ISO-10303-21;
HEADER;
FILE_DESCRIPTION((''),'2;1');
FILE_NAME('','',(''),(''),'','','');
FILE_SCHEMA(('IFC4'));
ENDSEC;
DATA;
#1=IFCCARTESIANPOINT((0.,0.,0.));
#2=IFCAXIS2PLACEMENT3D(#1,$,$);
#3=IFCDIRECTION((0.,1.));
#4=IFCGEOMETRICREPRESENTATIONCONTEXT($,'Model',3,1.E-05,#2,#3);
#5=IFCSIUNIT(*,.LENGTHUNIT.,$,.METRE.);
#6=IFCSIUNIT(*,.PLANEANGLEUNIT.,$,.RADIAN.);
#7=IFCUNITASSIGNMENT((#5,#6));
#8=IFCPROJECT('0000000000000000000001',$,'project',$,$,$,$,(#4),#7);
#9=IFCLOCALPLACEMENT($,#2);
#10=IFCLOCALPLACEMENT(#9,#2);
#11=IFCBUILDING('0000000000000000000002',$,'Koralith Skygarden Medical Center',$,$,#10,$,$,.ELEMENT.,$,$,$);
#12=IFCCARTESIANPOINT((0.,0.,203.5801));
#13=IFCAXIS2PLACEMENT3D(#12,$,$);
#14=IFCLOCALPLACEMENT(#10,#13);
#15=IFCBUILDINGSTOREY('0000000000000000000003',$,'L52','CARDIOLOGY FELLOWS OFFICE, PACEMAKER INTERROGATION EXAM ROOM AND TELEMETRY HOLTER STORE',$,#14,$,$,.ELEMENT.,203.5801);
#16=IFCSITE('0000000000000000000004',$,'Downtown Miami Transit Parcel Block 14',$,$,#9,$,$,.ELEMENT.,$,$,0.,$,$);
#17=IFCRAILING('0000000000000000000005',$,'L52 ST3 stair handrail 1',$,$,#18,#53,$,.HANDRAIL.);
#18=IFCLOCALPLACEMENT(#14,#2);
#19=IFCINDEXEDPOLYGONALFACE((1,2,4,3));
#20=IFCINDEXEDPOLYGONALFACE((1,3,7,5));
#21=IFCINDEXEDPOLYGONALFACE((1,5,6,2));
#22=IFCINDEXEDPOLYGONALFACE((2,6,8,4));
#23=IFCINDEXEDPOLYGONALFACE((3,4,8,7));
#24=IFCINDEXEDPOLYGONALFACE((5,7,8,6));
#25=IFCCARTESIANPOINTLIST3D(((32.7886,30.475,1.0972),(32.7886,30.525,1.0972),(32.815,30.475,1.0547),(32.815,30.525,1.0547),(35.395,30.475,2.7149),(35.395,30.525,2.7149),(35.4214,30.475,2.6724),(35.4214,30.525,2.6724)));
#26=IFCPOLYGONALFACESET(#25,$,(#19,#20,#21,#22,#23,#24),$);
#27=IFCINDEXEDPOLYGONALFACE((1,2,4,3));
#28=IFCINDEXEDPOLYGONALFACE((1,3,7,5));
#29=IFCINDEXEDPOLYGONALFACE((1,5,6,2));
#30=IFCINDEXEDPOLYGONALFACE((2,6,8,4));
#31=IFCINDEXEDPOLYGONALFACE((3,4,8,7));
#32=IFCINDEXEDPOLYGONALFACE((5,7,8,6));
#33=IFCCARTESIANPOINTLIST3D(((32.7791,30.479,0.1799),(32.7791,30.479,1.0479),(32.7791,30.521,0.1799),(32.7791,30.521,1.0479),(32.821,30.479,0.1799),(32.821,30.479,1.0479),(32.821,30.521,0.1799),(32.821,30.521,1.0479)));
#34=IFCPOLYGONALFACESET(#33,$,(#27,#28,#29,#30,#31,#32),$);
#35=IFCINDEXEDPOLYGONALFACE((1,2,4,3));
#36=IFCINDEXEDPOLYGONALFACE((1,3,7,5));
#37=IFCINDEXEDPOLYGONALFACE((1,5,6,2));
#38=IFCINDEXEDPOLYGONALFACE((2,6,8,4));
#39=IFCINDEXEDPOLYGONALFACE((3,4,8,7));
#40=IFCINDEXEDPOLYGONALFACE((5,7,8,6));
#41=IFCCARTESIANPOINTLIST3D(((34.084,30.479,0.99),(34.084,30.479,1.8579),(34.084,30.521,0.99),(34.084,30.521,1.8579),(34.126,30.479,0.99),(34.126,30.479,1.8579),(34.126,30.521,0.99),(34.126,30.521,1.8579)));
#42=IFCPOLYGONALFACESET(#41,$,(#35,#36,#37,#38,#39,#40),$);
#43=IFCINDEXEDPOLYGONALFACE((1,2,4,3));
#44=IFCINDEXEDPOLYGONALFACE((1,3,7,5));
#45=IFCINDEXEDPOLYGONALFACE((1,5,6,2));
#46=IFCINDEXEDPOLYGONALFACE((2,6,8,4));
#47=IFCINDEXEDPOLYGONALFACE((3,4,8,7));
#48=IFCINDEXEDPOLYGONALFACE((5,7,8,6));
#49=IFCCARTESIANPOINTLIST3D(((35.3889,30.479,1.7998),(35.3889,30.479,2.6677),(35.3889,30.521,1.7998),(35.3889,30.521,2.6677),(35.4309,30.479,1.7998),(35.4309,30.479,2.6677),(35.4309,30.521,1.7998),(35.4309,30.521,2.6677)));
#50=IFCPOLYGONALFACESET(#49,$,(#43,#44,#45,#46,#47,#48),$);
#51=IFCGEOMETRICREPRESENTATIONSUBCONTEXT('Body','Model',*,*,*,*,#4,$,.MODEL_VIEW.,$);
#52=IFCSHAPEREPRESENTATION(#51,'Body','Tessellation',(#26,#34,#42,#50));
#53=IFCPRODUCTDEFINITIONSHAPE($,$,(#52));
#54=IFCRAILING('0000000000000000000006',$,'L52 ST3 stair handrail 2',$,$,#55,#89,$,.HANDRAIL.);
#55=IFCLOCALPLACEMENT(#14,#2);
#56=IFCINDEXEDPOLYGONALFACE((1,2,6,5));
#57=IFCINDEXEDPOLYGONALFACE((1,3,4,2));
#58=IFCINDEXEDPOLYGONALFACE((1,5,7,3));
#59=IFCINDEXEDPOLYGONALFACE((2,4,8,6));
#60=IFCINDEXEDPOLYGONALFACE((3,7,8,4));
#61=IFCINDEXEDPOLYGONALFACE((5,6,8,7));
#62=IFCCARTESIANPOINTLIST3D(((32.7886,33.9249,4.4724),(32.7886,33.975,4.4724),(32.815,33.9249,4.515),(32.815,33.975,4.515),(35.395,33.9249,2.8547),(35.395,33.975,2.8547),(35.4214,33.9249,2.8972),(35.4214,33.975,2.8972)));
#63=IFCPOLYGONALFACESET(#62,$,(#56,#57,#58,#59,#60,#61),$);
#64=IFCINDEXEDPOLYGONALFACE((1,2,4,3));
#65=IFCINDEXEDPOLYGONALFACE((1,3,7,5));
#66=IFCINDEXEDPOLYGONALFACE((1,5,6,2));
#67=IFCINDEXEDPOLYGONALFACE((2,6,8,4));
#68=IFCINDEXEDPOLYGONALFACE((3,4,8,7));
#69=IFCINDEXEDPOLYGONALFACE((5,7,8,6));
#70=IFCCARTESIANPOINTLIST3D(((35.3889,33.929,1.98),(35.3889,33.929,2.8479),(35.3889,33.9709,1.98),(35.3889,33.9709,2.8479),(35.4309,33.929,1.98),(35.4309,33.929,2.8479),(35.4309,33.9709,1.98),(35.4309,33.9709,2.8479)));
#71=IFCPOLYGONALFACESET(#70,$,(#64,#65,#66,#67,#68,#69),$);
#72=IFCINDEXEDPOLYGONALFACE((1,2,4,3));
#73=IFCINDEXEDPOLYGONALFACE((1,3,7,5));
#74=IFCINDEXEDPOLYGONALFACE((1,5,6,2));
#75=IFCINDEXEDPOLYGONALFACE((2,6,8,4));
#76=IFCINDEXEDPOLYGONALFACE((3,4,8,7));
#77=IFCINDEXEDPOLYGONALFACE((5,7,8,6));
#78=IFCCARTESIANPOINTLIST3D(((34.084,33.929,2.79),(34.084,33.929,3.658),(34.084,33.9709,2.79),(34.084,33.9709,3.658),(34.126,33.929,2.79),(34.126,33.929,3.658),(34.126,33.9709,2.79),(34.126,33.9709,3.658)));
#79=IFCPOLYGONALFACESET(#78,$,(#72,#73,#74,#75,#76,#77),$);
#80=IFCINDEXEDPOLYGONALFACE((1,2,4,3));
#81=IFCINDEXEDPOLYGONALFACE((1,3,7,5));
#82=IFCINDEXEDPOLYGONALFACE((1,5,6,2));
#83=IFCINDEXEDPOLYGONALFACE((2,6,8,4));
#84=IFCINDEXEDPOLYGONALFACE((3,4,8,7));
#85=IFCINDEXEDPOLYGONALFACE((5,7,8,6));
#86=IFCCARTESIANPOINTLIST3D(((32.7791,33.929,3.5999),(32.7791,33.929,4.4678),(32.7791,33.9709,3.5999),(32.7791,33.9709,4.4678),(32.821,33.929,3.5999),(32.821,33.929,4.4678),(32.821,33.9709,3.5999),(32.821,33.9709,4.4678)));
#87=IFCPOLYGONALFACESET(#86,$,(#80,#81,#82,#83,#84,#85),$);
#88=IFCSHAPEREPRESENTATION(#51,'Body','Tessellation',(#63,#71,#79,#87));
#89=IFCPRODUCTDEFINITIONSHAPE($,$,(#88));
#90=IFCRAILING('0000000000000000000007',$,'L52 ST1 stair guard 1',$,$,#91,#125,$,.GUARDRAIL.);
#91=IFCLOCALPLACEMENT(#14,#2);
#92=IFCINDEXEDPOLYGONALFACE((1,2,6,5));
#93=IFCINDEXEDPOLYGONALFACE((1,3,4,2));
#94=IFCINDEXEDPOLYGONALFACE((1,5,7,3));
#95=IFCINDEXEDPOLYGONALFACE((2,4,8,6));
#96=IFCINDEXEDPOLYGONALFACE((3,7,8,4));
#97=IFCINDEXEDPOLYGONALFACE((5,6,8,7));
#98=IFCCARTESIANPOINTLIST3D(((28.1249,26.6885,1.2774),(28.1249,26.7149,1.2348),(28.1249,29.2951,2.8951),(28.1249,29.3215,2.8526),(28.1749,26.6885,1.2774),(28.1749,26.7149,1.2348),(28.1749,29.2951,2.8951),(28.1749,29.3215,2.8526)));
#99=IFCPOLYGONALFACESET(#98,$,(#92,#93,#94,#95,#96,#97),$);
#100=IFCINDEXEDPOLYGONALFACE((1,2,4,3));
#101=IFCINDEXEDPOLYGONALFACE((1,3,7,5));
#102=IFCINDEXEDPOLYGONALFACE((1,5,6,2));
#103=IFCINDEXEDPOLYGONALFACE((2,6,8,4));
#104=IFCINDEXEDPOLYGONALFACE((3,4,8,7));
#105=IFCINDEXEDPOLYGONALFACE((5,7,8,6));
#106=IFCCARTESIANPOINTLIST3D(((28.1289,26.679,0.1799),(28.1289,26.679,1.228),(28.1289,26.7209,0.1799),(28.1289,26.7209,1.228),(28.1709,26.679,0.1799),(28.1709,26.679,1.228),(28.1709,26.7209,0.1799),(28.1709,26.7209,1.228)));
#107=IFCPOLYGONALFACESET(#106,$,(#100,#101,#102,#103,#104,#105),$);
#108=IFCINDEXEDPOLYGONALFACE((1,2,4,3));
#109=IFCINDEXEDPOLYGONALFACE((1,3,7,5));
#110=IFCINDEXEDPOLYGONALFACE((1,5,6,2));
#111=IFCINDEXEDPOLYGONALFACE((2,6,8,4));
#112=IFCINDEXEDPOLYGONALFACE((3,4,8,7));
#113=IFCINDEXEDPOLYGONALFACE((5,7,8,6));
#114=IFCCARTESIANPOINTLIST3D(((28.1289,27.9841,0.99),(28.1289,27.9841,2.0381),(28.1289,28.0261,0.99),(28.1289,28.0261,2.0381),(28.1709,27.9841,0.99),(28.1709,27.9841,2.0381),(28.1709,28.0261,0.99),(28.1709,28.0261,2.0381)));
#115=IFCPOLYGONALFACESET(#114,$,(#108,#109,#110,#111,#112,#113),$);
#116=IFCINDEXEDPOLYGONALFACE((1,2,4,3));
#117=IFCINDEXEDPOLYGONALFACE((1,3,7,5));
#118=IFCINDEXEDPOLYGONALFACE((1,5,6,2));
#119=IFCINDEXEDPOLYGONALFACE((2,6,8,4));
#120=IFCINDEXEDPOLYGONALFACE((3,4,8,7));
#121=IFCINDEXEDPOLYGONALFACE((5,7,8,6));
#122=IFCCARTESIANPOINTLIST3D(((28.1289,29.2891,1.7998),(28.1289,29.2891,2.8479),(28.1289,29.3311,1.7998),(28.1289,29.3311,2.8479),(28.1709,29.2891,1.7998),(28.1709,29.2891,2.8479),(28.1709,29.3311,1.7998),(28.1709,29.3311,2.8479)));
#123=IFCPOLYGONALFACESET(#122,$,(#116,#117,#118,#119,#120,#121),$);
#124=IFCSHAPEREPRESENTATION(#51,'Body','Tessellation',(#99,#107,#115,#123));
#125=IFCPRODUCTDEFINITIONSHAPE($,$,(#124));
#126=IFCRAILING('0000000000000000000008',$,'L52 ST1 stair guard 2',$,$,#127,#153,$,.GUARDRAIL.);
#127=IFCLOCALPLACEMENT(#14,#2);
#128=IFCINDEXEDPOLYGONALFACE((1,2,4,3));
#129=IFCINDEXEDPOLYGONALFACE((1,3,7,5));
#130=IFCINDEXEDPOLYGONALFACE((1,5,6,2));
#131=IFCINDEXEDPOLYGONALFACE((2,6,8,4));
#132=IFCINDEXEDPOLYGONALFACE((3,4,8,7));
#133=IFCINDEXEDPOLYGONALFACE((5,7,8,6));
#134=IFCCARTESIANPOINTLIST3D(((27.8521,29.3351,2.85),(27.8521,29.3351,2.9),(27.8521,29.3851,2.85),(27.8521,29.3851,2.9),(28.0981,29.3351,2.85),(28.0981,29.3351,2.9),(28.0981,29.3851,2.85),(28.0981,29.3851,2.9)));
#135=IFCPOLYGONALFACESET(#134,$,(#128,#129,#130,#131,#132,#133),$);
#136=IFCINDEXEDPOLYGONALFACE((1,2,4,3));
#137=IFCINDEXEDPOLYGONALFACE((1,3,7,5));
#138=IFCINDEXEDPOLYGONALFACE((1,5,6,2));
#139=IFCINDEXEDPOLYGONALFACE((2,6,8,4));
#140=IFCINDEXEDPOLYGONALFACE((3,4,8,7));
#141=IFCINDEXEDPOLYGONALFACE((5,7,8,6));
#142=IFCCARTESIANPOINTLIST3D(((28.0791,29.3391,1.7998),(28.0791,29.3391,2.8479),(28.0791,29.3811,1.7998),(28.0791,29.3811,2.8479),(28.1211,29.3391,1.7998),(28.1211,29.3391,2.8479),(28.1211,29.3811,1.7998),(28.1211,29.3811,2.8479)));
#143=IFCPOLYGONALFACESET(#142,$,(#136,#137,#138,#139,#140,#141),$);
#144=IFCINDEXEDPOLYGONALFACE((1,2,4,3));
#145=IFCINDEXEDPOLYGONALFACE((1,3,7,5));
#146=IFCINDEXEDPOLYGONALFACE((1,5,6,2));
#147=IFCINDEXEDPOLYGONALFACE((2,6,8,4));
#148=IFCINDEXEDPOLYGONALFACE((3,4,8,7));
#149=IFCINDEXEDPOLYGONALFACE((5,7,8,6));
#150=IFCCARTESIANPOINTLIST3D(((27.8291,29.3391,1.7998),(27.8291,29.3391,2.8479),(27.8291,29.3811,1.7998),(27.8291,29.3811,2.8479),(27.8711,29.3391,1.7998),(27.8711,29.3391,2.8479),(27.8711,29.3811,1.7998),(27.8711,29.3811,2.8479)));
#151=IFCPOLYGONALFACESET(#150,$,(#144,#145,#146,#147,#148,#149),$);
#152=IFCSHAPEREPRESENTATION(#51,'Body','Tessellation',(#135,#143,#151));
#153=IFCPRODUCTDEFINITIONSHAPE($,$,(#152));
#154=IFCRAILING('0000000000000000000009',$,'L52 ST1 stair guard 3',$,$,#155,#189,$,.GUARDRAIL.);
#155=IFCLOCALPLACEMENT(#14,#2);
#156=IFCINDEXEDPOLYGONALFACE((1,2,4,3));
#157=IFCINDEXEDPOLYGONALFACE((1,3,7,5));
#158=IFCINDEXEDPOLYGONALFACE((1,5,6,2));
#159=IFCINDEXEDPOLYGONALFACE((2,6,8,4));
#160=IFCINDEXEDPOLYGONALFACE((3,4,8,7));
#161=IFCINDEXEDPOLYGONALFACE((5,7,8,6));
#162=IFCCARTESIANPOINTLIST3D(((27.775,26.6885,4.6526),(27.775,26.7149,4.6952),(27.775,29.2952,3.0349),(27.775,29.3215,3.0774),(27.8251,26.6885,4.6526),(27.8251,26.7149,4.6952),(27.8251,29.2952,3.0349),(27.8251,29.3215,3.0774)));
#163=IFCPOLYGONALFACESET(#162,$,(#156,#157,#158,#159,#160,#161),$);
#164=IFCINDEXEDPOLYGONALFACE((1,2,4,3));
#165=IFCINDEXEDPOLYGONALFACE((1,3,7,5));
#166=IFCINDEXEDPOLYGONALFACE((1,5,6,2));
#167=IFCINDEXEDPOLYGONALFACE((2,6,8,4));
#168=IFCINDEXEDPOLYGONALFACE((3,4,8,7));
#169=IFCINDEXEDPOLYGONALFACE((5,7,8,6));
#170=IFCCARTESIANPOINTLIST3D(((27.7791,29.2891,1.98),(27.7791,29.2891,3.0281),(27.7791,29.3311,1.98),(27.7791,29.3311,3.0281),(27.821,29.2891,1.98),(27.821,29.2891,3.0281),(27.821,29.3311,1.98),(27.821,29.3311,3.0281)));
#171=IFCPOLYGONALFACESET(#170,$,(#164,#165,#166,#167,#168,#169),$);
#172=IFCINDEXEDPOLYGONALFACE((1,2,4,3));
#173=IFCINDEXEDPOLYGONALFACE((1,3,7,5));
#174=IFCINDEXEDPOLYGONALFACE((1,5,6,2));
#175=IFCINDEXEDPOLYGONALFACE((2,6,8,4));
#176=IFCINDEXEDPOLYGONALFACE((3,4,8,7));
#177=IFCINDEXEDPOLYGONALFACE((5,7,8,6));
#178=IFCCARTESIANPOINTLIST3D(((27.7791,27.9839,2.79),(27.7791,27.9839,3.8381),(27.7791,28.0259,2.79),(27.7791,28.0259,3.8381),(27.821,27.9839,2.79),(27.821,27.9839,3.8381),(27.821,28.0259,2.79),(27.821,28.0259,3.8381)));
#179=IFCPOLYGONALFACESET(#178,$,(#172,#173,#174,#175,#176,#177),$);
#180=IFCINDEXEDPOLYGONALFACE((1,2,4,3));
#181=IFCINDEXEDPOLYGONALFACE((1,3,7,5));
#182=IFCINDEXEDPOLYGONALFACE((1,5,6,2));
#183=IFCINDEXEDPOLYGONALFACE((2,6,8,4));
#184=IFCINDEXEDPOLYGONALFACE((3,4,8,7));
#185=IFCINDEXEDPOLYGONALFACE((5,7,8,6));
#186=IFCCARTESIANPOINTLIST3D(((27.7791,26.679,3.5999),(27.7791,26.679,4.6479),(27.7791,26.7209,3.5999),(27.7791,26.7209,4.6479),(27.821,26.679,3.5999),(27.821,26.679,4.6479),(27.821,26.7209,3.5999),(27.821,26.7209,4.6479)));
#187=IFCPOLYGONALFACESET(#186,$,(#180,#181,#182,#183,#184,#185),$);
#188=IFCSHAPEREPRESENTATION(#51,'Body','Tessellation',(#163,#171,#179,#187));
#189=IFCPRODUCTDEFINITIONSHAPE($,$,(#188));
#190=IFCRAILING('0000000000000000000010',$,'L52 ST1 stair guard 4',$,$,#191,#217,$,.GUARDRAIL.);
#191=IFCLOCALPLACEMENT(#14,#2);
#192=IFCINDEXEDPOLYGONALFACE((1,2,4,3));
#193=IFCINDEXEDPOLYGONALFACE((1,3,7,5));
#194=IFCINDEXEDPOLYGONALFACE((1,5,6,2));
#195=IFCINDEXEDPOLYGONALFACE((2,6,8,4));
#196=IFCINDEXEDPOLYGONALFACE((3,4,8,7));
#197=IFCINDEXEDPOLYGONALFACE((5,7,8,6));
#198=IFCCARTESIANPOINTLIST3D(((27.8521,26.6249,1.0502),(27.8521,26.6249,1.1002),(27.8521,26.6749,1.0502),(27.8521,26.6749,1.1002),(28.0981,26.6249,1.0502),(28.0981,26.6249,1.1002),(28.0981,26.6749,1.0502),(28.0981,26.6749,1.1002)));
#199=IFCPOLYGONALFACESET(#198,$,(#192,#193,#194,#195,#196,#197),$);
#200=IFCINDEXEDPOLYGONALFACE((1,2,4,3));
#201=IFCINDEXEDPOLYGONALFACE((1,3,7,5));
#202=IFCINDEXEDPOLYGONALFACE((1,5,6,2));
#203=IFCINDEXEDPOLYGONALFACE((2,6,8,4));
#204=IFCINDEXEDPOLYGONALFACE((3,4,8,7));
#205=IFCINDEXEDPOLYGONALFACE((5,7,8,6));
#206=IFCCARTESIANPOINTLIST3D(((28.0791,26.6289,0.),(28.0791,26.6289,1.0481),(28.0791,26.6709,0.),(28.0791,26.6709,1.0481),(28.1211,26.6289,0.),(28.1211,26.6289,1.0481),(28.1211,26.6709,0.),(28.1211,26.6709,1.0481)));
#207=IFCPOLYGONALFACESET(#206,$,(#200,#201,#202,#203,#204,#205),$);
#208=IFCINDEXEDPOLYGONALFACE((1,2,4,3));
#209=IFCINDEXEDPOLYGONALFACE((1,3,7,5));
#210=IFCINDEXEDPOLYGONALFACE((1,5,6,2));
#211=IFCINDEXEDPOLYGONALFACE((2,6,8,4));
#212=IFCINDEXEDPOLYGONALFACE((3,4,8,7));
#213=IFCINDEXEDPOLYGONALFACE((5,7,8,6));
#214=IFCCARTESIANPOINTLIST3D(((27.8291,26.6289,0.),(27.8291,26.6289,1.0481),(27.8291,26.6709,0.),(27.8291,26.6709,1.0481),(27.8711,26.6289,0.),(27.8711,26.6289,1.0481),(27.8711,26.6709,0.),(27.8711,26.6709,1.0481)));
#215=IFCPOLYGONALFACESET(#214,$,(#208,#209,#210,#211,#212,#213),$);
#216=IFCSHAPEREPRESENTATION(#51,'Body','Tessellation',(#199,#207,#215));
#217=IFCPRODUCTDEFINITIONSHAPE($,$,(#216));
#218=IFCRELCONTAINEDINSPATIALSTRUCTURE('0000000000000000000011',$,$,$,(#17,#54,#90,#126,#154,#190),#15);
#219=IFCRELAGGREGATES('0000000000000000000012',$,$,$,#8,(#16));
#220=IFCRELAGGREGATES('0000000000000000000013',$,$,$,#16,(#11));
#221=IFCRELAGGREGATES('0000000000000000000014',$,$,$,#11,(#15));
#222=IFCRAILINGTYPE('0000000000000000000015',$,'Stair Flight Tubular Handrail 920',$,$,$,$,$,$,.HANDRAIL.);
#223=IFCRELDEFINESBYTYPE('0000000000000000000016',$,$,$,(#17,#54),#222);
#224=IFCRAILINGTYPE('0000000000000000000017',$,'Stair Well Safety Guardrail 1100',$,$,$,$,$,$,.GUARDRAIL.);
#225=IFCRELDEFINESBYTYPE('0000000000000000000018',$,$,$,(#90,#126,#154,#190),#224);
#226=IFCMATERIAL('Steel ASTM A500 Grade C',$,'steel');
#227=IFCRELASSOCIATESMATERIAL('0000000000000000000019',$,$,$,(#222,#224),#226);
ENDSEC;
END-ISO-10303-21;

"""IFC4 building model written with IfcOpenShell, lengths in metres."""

from ifc_helpers import new_model, si_unit, direction, frame, origin, origin_2d, place, context, subcontext, project, spatial, rectangle, extrude, material, type_object, element, save


model = new_model("IFC4")

# Units and contexts
model_context = context("Model", 3, precision=1e-05, world=origin(), true_north=direction((0.0, 1.0)))
body_context = subcontext(model_context, "Body", "Model", "MODEL_VIEW")
ifc_project = project(units=[si_unit("LENGTHUNIT", "METRE"), si_unit("PLANEANGLEUNIT", "RADIAN")], contexts=[model_context])

# Site, building, storey
site_placement = place(None, origin())
site = spatial("IfcSite", under=ifc_project, at=site_placement, Name="Downtown Miami Transit Parcel Block 14", CompositionType="ELEMENT", RefElevation=0.0)
building_placement = place(site_placement, origin())
building = spatial("IfcBuilding", under=site, at=building_placement, Name="Koralith Skygarden Medical Center", CompositionType="ELEMENT")
storey_placement = place(building_placement, frame((0.0, 0.0, 203.5801)))
storey = spatial("IfcBuildingStorey", under=building, at=storey_placement, Name="L52", Description="CARDIOLOGY FELLOWS OFFICE, PACEMAKER INTERROGATION EXAM ROOM AND TELEMETRY HOLTER STORE", CompositionType="ELEMENT", Elevation=203.5801)

# Railings
ifc_material_1 = material(Name="Steel ASTM A500 Grade C", Category="steel")
railing_type_1 = type_object("IfcRailingType", Name="Stair Flight Tubular Handrail 920", PredefinedType="HANDRAIL", material=ifc_material_1)
railing_1_placement = place(storey_placement, frame((32.8, 30.5, 0.1799)))
element("IfcRailing", 1, at=railing_1_placement, inside=storey, type_object=railing_type_1, Name="L52 ST3 stair handrail 1", PredefinedType="HANDRAIL", context=body_context, shape_type="SweptSolid", body=[
    extrude(rectangle(XDim=0.05, YDim=0.05, at=origin_2d()), frame((0.0017, 0.0, 0.896), z_axis=(0.849646, 0.0, 0.527353), x_axis=(0.0, 1.0, 0.0)), (0.0, 0.0, 1.0), 3.0676),
    extrude(rectangle(XDim=0.042, YDim=0.042, at=origin_2d()), origin(), (0.0, 0.0, 1.0), 0.8679),
    extrude(rectangle(XDim=0.042, YDim=0.042, at=origin_2d()), frame((1.3049, 0.0, 0.8101)), (0.0, 0.0, 1.0), 0.8679),
    extrude(rectangle(XDim=0.042, YDim=0.042, at=origin_2d()), frame((2.6099, 0.0, 1.6199)), (0.0, 0.0, 1.0), 0.8679),
])
railing_2_placement = place(storey_placement, frame((35.4099, 33.95, 1.98)))
element("IfcRailing", 2, at=railing_2_placement, inside=storey, type_object=railing_type_1, Name="L52 ST3 stair handrail 2", PredefinedType="HANDRAIL", context=body_context, shape_type="SweptSolid", body=[
    extrude(rectangle(XDim=0.05, YDim=0.05, at=origin_2d()), frame((-0.0017, 0.0, 0.896), z_axis=(-0.849646, 0.0, 0.527353), x_axis=(0.0, -1.0, 0.0)), (0.0, 0.0, 1.0), 3.0676),
    extrude(rectangle(XDim=0.042, YDim=0.042, at=origin_2d()), origin(), (0.0, 0.0, 1.0), 0.8679),
    extrude(rectangle(XDim=0.042, YDim=0.042, at=origin_2d()), frame((-1.3049, 0.0, 0.8101)), (0.0, 0.0, 1.0), 0.8679),
    extrude(rectangle(XDim=0.042, YDim=0.042, at=origin_2d()), frame((-2.6099, 0.0, 1.6199)), (0.0, 0.0, 1.0), 0.8679),
])
railing_type_2 = type_object("IfcRailingType", Name="Stair Well Safety Guardrail 1100", PredefinedType="GUARDRAIL", material=ifc_material_1)
railing_3_placement = place(storey_placement, frame((28.1499, 26.7, 0.1799)))
element("IfcRailing", 3, at=railing_3_placement, inside=storey, type_object=railing_type_2, Name="L52 ST1 stair guard 1", PredefinedType="GUARDRAIL", context=body_context, shape_type="SweptSolid", body=[
    extrude(rectangle(XDim=0.05, YDim=0.05, at=origin_2d()), frame((0.0, 0.0017, 1.0762), z_axis=(0.0, 0.849668, 0.527317), x_axis=(-1.0, 0.0, 0.0)), (0.0, 0.0, 1.0), 3.0679),
    extrude(rectangle(XDim=0.042, YDim=0.042, at=origin_2d()), origin(), (0.0, 0.0, 1.0), 1.0481),
    extrude(rectangle(XDim=0.042, YDim=0.042, at=origin_2d()), frame((0.0, 1.3052, 0.8101)), (0.0, 0.0, 1.0), 1.0481),
    extrude(rectangle(XDim=0.042, YDim=0.042, at=origin_2d()), frame((0.0, 2.6101, 1.6199)), (0.0, 0.0, 1.0), 1.0481),
])
railing_4_placement = place(storey_placement, frame((28.1001, 29.3601, 1.7998)))
element("IfcRailing", 4, at=railing_4_placement, inside=storey, type_object=railing_type_2, Name="L52 ST1 stair guard 2", PredefinedType="GUARDRAIL", context=body_context, shape_type="SweptSolid", body=[
    extrude(rectangle(XDim=0.05, YDim=0.05, at=origin_2d()), frame((-0.002, 0.0, 1.0752), z_axis=(-1.0, 0.0, 0.0), x_axis=(0.0, -1.0, 0.0)), (0.0, 0.0, 1.0), 0.2461),
    extrude(rectangle(XDim=0.042, YDim=0.042, at=origin_2d()), origin(), (0.0, 0.0, 1.0), 1.0481),
    extrude(rectangle(XDim=0.042, YDim=0.042, at=origin_2d()), frame((-0.25, 0.0, 0.0)), (0.0, 0.0, 1.0), 1.0481),
])
railing_5_placement = place(storey_placement, frame((27.8, 29.3101, 1.98)))
element("IfcRailing", 5, at=railing_5_placement, inside=storey, type_object=railing_type_2, Name="L52 ST1 stair guard 3", PredefinedType="GUARDRAIL", context=body_context, shape_type="SweptSolid", body=[
    extrude(rectangle(XDim=0.05, YDim=0.05, at=origin_2d()), frame((0.0, -0.0017, 1.0762), z_axis=(0.0, -0.849668, 0.527317), x_axis=(1.0, 0.0, 0.0)), (0.0, 0.0, 1.0), 3.0679),
    extrude(rectangle(XDim=0.042, YDim=0.042, at=origin_2d()), origin(), (0.0, 0.0, 1.0), 1.0481),
    extrude(rectangle(XDim=0.042, YDim=0.042, at=origin_2d()), frame((0.0, -1.3052, 0.8101)), (0.0, 0.0, 1.0), 1.0481),
    extrude(rectangle(XDim=0.042, YDim=0.042, at=origin_2d()), frame((0.0, -2.6101, 1.6199)), (0.0, 0.0, 1.0), 1.0481),
])
railing_6_placement = place(storey_placement, frame((28.1001, 26.6499, 0.0)))
element("IfcRailing", 6, at=railing_6_placement, inside=storey, type_object=railing_type_2, Name="L52 ST1 stair guard 4", PredefinedType="GUARDRAIL", context=body_context, shape_type="SweptSolid", body=[
    extrude(rectangle(XDim=0.05, YDim=0.05, at=origin_2d()), frame((-0.002, 0.0, 1.0752), z_axis=(-1.0, 0.0, 0.0), x_axis=(0.0, -1.0, 0.0)), (0.0, 0.0, 1.0), 0.2461),
    extrude(rectangle(XDim=0.042, YDim=0.042, at=origin_2d()), origin(), (0.0, 0.0, 1.0), 1.0481),
    extrude(rectangle(XDim=0.042, YDim=0.042, at=origin_2d()), frame((-0.25, 0.0, 0.0)), (0.0, 0.0, 1.0), 1.0481),
])

save(model, "model.ifc")
